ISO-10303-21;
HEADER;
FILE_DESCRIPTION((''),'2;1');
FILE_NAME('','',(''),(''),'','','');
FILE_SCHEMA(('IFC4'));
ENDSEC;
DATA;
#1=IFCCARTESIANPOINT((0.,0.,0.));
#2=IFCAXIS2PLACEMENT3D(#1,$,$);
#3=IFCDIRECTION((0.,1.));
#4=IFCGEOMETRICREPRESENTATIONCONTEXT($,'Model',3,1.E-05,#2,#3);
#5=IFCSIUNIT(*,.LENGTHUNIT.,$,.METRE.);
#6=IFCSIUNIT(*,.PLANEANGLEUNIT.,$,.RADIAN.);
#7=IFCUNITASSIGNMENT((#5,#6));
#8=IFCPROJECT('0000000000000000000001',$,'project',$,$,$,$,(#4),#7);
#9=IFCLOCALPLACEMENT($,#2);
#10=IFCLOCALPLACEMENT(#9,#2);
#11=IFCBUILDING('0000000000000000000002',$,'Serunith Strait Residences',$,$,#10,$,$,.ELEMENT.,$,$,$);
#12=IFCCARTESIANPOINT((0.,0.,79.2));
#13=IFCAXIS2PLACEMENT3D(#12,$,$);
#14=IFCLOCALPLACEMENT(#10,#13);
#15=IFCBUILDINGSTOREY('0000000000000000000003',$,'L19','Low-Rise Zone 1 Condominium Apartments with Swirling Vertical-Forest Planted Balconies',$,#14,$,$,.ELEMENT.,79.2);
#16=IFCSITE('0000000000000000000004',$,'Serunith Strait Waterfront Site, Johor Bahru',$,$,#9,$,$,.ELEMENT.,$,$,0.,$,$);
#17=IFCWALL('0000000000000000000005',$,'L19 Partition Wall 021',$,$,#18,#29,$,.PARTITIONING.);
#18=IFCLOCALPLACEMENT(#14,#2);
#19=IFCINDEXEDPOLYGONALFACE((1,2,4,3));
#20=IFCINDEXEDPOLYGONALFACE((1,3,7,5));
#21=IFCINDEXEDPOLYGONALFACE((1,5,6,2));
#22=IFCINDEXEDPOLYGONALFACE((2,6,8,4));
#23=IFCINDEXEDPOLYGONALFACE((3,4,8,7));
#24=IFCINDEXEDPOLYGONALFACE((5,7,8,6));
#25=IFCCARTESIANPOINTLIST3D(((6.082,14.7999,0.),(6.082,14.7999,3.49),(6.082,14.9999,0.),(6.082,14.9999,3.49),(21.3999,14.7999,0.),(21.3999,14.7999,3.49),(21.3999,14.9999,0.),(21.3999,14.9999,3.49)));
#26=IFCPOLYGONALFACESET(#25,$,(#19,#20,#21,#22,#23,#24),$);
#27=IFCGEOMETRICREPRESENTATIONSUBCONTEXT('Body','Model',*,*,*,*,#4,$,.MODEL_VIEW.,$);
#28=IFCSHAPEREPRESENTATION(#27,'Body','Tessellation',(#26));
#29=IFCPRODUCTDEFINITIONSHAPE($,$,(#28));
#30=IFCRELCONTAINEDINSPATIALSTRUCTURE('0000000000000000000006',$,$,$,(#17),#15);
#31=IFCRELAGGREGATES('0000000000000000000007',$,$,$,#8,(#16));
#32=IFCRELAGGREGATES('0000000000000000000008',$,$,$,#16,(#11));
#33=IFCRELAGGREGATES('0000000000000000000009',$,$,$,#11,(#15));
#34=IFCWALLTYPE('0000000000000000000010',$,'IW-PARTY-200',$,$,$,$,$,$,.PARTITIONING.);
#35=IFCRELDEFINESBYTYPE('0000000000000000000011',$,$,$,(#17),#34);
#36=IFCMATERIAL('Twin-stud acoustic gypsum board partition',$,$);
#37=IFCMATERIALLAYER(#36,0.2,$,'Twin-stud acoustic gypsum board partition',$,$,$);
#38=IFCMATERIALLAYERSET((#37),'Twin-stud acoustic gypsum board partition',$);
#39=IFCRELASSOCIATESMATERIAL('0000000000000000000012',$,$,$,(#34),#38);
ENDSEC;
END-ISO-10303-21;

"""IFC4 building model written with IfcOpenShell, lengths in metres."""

from ifc_helpers import new_model, si_unit, direction, frame, frame_2d, origin, place, context, subcontext, project, spatial, rectangle, extrude, material, layer, layer_set, type_object, element, save


model = new_model("IFC4")

# Units and contexts
model_context = context("Model", 3, precision=1e-05, world=origin(), true_north=direction((0.0, 1.0)))
body_context = subcontext(model_context, "Body", "Model", "MODEL_VIEW")
ifc_project = project(units=[si_unit("LENGTHUNIT", "METRE"), si_unit("PLANEANGLEUNIT", "RADIAN")], contexts=[model_context])

# Site, building, storey
site_placement = place(None, origin())
site = spatial("IfcSite", under=ifc_project, at=site_placement, Name="Serunith Strait Waterfront Site, Johor Bahru", CompositionType="ELEMENT", RefElevation=0.0)
building_placement = place(site_placement, origin())
building = spatial("IfcBuilding", under=site, at=building_placement, Name="Serunith Strait Residences", CompositionType="ELEMENT")
storey_placement = place(building_placement, frame((0.0, 0.0, 79.2)))
storey = spatial("IfcBuildingStorey", under=building, at=storey_placement, Name="L19", Description="Low-Rise Zone 1 Condominium Apartments with Swirling Vertical-Forest Planted Balconies", CompositionType="ELEMENT", Elevation=79.2)

# Wall
ifc_material_1 = material(Name="Twin-stud acoustic gypsum board partition")
ifc_layer_1 = layer(ifc_material_1, 0.2, Name="Twin-stud acoustic gypsum board partition")
ifc_layer_set_1 = layer_set([ifc_layer_1], Name="Twin-stud acoustic gypsum board partition")
wall_type_1 = type_object("IfcWallType", Name="IW-PARTY-200", PredefinedType="PARTITIONING", material=ifc_layer_set_1)
wall_1_placement = place(storey_placement, frame((6.082, 14.8999, 0.0), z_axis=(0.0, 0.0, 1.0), x_axis=(1.0, 0.0, 0.0)))
element("IfcWall", 1, at=wall_1_placement, inside=storey, type_object=wall_type_1, Name="L19 Partition Wall 021", PredefinedType="PARTITIONING", context=body_context, shape_type="SweptSolid", body=[
    extrude(rectangle(XDim=15.3179, YDim=0.2, at=frame_2d((7.6589, 0.0))), origin(), (0.0, 0.0, 1.0), 3.49),
])

save(model, "model.ifc")
